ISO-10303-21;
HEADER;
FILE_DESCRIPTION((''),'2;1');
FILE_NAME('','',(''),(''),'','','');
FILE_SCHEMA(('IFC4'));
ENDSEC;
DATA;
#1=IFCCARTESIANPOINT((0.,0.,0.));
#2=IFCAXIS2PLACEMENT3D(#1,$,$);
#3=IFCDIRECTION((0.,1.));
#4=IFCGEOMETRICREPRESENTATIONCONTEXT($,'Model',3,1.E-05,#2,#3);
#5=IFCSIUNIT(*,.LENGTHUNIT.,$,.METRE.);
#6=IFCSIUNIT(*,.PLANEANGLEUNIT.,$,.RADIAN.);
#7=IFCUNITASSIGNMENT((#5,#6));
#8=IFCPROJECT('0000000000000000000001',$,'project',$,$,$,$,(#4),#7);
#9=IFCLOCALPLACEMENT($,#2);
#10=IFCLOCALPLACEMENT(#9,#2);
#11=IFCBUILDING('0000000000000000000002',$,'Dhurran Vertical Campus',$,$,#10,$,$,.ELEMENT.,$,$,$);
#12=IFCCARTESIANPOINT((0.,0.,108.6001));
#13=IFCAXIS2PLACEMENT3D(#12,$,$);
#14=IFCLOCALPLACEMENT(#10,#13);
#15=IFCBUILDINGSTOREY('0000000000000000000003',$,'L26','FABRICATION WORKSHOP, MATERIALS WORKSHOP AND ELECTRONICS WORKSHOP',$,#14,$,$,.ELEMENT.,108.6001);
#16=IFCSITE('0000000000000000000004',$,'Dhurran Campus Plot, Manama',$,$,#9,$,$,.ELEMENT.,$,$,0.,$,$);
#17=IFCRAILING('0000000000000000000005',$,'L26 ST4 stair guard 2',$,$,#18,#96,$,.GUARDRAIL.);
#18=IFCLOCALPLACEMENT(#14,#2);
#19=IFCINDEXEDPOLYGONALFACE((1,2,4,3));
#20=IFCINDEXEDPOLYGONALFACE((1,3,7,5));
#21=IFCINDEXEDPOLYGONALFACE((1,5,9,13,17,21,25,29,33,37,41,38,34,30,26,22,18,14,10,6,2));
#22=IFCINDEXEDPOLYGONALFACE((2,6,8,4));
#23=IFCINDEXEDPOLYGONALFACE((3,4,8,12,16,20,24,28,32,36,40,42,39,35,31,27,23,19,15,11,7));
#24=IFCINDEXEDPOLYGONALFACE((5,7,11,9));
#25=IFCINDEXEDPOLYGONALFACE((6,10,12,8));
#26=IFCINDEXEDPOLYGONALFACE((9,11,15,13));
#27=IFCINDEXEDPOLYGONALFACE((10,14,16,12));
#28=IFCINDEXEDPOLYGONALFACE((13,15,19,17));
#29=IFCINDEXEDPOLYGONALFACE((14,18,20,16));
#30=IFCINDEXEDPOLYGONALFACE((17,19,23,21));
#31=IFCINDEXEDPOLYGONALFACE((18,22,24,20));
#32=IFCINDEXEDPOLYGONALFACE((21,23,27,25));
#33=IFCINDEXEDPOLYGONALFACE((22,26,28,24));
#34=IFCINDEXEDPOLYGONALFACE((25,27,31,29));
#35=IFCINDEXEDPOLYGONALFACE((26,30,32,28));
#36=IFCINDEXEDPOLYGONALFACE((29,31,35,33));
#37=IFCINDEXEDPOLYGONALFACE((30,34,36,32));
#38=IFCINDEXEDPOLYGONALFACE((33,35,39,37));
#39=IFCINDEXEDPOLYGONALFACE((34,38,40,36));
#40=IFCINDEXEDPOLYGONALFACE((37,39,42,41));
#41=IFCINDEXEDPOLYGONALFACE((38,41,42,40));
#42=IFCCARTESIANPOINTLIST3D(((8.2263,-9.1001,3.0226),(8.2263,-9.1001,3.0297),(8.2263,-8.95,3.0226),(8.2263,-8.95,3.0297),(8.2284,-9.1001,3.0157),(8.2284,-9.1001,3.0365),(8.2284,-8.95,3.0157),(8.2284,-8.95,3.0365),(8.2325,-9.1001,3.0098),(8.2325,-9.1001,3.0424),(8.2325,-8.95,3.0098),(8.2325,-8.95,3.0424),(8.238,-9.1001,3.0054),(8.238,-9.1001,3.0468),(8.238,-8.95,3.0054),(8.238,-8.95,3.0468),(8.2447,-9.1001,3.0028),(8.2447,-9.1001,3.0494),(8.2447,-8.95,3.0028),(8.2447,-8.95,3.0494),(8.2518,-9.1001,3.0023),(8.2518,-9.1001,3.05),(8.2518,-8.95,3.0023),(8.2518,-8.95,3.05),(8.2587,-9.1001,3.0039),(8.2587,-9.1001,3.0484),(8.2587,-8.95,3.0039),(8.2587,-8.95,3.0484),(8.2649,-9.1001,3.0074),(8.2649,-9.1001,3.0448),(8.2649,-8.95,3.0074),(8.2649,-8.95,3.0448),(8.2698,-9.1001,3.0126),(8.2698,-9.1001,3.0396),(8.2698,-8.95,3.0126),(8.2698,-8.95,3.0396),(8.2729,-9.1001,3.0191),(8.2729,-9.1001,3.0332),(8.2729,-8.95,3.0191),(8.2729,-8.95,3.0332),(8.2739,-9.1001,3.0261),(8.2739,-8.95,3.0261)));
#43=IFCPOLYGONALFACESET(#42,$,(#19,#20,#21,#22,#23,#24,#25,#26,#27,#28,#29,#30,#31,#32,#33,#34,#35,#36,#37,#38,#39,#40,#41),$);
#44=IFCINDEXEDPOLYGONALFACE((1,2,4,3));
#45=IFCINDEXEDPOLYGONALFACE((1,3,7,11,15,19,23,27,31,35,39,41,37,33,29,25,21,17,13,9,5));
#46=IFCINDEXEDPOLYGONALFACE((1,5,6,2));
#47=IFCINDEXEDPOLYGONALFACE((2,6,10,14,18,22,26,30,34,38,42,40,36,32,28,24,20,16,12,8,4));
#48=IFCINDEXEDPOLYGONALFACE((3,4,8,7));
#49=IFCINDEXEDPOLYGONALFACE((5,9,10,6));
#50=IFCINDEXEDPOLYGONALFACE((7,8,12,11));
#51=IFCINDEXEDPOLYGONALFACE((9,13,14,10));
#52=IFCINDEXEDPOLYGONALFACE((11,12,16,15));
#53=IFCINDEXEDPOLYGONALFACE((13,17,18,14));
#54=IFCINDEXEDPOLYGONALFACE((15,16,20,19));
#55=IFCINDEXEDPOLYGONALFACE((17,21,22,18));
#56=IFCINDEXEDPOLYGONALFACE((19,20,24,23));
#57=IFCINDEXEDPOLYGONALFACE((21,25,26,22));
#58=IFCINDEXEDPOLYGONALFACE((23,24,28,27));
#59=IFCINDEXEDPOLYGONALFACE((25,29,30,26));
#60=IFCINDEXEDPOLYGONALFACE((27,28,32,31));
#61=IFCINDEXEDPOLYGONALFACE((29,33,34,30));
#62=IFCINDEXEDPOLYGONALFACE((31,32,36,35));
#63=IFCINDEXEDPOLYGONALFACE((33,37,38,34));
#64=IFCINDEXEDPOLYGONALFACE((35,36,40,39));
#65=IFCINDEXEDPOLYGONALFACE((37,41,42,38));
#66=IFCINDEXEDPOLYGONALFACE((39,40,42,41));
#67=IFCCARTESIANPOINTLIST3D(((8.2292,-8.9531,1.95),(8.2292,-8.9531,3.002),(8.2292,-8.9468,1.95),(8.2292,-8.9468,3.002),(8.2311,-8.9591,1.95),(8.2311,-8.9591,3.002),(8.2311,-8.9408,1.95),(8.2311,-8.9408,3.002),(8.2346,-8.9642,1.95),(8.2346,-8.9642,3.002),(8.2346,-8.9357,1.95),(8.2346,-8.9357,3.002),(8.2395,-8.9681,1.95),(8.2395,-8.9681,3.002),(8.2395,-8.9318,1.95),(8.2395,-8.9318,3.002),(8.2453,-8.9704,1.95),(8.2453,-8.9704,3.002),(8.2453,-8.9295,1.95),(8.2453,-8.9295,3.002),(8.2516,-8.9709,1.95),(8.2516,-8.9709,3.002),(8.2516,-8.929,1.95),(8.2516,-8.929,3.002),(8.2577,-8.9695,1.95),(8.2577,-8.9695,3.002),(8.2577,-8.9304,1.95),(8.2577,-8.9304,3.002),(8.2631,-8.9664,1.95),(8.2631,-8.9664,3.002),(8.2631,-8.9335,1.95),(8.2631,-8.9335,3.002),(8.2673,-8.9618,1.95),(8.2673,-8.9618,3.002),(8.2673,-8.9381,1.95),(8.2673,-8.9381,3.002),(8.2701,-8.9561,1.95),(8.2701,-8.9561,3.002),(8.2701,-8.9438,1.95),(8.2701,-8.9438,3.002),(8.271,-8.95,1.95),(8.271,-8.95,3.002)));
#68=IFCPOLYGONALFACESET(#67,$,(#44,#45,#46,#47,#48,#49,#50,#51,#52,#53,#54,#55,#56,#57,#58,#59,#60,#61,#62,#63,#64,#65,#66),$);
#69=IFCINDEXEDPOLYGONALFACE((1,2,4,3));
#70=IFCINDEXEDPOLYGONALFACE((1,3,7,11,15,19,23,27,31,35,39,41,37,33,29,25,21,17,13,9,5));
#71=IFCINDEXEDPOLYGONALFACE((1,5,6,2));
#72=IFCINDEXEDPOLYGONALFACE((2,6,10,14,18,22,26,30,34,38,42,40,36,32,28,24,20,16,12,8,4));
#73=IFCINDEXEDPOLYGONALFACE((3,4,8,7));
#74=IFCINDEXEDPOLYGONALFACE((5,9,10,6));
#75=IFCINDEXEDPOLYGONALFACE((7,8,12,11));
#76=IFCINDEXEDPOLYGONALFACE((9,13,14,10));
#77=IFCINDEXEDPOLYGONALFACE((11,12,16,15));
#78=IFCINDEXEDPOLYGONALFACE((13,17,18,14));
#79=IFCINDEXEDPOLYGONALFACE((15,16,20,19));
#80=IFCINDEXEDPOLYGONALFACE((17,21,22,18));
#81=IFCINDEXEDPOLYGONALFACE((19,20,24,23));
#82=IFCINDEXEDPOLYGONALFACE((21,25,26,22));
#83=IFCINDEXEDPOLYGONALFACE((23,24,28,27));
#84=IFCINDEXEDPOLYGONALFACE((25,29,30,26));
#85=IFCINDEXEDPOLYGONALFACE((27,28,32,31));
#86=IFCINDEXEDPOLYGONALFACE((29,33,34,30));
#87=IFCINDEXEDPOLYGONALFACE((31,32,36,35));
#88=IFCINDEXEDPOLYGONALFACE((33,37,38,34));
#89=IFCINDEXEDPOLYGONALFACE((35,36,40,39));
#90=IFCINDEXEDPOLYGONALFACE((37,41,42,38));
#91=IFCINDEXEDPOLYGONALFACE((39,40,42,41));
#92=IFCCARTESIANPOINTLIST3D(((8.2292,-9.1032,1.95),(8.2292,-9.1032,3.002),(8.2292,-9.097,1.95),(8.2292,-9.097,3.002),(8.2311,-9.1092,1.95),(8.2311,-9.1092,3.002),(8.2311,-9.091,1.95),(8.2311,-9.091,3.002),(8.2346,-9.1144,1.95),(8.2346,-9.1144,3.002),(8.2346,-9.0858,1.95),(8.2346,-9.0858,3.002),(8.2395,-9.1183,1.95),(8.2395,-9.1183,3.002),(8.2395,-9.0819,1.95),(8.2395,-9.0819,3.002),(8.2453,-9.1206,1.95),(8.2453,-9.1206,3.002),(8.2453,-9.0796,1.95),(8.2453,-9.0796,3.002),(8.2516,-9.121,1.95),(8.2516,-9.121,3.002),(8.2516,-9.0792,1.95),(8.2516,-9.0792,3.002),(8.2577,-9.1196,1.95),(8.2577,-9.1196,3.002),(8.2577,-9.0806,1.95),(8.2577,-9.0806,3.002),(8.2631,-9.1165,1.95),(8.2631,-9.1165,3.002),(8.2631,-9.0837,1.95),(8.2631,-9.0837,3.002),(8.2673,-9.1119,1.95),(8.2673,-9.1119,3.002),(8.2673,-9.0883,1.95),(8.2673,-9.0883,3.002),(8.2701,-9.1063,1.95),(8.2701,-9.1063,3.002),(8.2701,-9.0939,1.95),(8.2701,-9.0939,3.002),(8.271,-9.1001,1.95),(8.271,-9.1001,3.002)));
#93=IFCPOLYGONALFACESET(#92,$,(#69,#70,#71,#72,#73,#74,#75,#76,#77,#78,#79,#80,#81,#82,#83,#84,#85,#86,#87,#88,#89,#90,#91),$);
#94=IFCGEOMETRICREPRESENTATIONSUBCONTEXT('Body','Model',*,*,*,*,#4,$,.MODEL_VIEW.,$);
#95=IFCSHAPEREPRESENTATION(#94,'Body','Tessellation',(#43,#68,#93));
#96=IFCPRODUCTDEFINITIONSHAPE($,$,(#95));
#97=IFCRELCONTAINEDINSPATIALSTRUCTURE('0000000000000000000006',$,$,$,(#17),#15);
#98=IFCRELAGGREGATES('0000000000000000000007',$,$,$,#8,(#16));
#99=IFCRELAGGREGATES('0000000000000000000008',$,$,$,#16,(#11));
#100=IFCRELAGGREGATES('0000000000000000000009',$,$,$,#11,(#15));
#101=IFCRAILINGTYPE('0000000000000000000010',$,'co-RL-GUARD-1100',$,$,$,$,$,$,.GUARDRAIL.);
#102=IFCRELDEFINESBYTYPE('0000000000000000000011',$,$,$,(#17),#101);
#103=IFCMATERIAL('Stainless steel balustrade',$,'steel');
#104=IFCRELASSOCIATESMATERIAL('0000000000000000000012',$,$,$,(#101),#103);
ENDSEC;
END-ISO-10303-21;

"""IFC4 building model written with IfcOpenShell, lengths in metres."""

from ifc_helpers import new_model, si_unit, direction, frame, origin, origin_2d, place, context, subcontext, project, spatial, circle, extrude, material, type_object, element, save


model = new_model("IFC4")

# Units and contexts
model_context = context("Model", 3, precision=1e-05, world=origin(), true_north=direction((0.0, 1.0)))
body_context = subcontext(model_context, "Body", "Model", "MODEL_VIEW")
ifc_project = project(units=[si_unit("LENGTHUNIT", "METRE"), si_unit("PLANEANGLEUNIT", "RADIAN")], contexts=[model_context])

# Site, building, storey
site_placement = place(None, origin())
site = spatial("IfcSite", under=ifc_project, at=site_placement, Name="Dhurran Campus Plot, Manama", CompositionType="ELEMENT", RefElevation=0.0)
building_placement = place(site_placement, origin())
building = spatial("IfcBuilding", under=site, at=building_placement, Name="Dhurran Vertical Campus", CompositionType="ELEMENT")
storey_placement = place(building_placement, frame((0.0, 0.0, 108.6001)))
storey = spatial("IfcBuildingStorey", under=building, at=storey_placement, Name="L26", Description="FABRICATION WORKSHOP, MATERIALS WORKSHOP AND ELECTRONICS WORKSHOP", CompositionType="ELEMENT", Elevation=108.6001)

# Railing
ifc_material_1 = material(Name="Stainless steel balustrade", Category="steel")
railing_type_1 = type_object("IfcRailingType", Name="co-RL-GUARD-1100", PredefinedType="GUARDRAIL", material=ifc_material_1)
railing_1_placement = place(storey_placement, frame((8.25, -8.95, 1.95)))
element("IfcRailing", 1, at=railing_1_placement, inside=storey, type_object=railing_type_1, Name="L26 ST4 stair guard 2", PredefinedType="GUARDRAIL", context=body_context, shape_type="SweptSolid", body=[
    extrude(circle(Radius=0.0239, at=origin_2d()), frame((0.0, 0.0, 1.0762), z_axis=(0.0, -1.0, 0.0), x_axis=(1.0, 0.0, 0.0)), (0.0, 0.0, 1.0), 0.1501),
    extrude(circle(Radius=0.021, at=origin_2d()), origin(), (0.0, 0.0, 1.0), 1.052),
    extrude(circle(Radius=0.021, at=origin_2d()), frame((0.0, -0.1501, 0.0)), (0.0, 0.0, 1.0), 1.052),
])

save(model, "model.ifc")
